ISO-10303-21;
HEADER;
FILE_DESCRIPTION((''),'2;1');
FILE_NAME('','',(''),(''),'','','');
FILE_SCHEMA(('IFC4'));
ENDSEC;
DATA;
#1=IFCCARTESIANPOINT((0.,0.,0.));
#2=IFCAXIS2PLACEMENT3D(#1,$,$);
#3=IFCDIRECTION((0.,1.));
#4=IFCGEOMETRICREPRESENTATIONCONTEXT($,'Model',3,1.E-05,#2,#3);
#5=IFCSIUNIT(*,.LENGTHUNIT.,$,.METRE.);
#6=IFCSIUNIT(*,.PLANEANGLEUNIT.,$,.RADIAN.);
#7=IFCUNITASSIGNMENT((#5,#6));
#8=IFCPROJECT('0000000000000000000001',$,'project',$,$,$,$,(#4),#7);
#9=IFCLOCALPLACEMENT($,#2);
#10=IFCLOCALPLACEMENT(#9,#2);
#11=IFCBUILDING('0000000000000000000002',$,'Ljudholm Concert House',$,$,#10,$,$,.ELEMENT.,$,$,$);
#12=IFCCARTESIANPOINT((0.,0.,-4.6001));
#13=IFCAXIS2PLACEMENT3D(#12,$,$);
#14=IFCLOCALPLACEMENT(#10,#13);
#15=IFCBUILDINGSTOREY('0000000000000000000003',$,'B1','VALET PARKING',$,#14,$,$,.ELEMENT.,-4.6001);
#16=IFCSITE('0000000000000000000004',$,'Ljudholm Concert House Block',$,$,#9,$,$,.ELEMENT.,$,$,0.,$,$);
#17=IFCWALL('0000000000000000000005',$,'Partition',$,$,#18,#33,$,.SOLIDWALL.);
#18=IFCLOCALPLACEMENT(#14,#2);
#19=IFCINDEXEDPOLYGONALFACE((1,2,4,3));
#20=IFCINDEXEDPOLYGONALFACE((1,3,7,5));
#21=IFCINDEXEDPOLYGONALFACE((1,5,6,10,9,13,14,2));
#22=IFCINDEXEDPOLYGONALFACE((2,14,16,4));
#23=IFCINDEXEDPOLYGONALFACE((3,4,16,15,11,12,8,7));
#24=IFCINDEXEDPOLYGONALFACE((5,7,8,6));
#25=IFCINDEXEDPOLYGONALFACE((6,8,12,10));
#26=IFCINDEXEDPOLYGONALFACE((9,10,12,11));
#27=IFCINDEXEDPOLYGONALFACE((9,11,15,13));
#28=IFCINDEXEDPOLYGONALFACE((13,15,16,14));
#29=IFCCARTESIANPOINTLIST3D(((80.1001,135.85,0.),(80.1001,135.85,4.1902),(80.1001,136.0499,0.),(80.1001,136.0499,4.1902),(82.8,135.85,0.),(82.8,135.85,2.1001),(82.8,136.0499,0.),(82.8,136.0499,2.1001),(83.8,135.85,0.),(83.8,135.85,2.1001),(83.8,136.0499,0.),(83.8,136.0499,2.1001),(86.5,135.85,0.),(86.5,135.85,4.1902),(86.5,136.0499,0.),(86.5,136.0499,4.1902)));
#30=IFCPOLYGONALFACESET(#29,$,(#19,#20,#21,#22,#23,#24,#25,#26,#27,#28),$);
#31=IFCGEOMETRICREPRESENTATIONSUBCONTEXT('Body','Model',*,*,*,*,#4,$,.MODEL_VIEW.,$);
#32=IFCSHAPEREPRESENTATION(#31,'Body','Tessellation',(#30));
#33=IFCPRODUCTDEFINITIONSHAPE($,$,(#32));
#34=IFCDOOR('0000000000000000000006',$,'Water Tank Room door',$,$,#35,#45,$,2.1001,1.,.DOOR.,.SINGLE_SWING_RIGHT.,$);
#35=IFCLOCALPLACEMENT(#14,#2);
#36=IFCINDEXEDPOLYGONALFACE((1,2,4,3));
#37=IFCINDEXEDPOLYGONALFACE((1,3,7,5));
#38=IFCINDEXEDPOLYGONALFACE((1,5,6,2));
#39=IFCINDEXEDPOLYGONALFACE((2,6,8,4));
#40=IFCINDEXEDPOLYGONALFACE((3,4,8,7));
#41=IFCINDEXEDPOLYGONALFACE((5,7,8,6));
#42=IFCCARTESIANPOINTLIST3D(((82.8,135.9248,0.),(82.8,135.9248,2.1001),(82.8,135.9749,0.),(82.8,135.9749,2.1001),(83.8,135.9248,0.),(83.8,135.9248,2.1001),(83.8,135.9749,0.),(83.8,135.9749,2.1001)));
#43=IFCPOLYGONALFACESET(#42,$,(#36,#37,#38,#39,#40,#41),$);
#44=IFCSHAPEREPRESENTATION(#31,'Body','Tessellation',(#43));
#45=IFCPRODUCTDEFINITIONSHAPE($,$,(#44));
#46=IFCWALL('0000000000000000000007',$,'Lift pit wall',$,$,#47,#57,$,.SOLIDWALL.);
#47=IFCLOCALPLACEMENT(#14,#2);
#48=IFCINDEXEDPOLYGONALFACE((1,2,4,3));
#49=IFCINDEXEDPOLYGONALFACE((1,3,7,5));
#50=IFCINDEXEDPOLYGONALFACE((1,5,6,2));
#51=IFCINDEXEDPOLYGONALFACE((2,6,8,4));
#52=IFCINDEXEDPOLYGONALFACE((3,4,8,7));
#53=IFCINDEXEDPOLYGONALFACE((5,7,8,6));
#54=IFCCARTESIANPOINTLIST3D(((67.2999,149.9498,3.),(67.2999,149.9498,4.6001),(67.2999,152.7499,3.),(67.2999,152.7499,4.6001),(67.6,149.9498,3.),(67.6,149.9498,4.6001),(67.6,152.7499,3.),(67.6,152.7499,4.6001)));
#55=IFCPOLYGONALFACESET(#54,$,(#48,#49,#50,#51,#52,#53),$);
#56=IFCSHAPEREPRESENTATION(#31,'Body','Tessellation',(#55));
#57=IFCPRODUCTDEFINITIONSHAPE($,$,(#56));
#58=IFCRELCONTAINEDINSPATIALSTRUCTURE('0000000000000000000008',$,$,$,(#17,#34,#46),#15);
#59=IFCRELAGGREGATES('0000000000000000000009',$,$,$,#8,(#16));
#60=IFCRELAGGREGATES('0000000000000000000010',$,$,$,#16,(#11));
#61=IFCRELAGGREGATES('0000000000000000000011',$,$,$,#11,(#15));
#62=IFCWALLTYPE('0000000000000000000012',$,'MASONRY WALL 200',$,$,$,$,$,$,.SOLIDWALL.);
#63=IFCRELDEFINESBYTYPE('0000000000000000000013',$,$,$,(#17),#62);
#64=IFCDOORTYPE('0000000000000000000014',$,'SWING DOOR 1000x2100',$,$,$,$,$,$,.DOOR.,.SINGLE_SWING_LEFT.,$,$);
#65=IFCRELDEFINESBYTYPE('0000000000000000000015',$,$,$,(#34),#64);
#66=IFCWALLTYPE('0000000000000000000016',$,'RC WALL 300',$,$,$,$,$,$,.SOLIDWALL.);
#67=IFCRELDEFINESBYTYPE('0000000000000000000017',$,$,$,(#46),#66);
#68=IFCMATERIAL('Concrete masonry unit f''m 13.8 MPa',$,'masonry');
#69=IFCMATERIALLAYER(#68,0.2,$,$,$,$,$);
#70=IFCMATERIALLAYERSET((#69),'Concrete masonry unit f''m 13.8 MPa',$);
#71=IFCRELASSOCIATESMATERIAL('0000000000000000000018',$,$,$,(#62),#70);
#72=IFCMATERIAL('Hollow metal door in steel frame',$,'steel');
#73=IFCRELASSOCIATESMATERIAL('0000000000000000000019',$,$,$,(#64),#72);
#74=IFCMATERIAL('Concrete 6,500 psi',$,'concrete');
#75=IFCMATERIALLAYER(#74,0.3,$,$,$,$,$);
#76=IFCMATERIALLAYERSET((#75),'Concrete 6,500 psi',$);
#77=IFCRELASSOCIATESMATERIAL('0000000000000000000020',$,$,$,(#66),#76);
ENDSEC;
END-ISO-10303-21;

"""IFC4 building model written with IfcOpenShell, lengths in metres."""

from ifc_helpers import new_model, si_unit, direction, frame, frame_2d, origin, place, context, subcontext, project, spatial, rectangle, extrude, material, layer, layer_set, type_object, element, fill, save


model = new_model("IFC4")

# Units and contexts
model_context = context("Model", 3, precision=1e-05, world=origin(), true_north=direction((0.0, 1.0)))
body_context = subcontext(model_context, "Body", "Model", "MODEL_VIEW")
ifc_project = project(units=[si_unit("LENGTHUNIT", "METRE"), si_unit("PLANEANGLEUNIT", "RADIAN")], contexts=[model_context])

# Site, building, storey
site_placement = place(None, origin())
site = spatial("IfcSite", under=ifc_project, at=site_placement, Name="Ljudholm Concert House Block", CompositionType="ELEMENT", RefElevation=0.0)
building_placement = place(site_placement, origin())
building = spatial("IfcBuilding", under=site, at=building_placement, Name="Ljudholm Concert House", CompositionType="ELEMENT")
storey_placement = place(building_placement, frame((0.0, 0.0, -4.6001)))
storey = spatial("IfcBuildingStorey", under=building, at=storey_placement, Name="B1", Description="VALET PARKING", CompositionType="ELEMENT", Elevation=-4.6001)

# Shared definitions
ifc_material_1 = material(Name="Concrete masonry unit f'm 13.8 MPa", Category="masonry")
ifc_layer_1 = layer(ifc_material_1, 0.2)
ifc_layer_set_1 = layer_set([ifc_layer_1], Name="Concrete masonry unit f'm 13.8 MPa")
wall_type_1 = type_object("IfcWallType", Name="MASONRY WALL 200", PredefinedType="SOLIDWALL", material=ifc_layer_set_1)

# Wall, opening, door
wall_1_placement = place(storey_placement, frame((80.1001, 135.95, 0.0), z_axis=(0.0, 0.0, 1.0), x_axis=(1.0, 0.0, 0.0)))
wall_1 = element("IfcWall", 1, at=wall_1_placement, inside=storey, type_object=wall_type_1, Name="Partition", PredefinedType="SOLIDWALL", context=body_context, shape_type="SweptSolid", body=[
    extrude(rectangle(XDim=6.3999, YDim=0.2, at=frame_2d((3.2, 0.0))), origin(), (0.0, 0.0, 1.0), 4.1902),
])
opening_1_placement = place(wall_1_placement, frame((2.7, 0.0, 0.0)))
opening_1 = element("IfcOpeningElement", 2, at=opening_1_placement, cuts=wall_1, PredefinedType="OPENING", context=body_context, shape_type="SweptSolid", body=[
    extrude(rectangle(XDim=1.0, YDim=2.1001, at=frame_2d((0.5, 1.05))), frame((0.0, 0.1099, 0.0), z_axis=(0.0, -1.0, 0.0), x_axis=(1.0, 0.0, 0.0)), (0.0, 0.0, 1.0), 0.22),
])
ifc_material_2 = material(Name="Hollow metal door in steel frame", Category="steel")
door_type_1 = type_object("IfcDoorType", Name="SWING DOOR 1000x2100", OperationType="SINGLE_SWING_LEFT", PredefinedType="DOOR", material=ifc_material_2)
door_1_placement = place(opening_1_placement, origin())
door_1 = element("IfcDoor", 3, at=door_1_placement, inside=storey, type_object=door_type_1, Name="Water Tank Room door", OperationType="SINGLE_SWING_RIGHT", OverallHeight=2.1001, OverallWidth=1.0, PredefinedType="DOOR", context=body_context, shape_type="SweptSolid", body=[
    extrude(rectangle(XDim=1.0, YDim=2.1001, at=frame_2d((0.5, 1.05))), frame((0.0, 0.0249, 0.0), z_axis=(0.0, -1.0, 0.0), x_axis=(1.0, 0.0, 0.0)), (0.0, 0.0, 1.0), 0.05),
])
fill(opening_1, door_1)

# Wall
ifc_material_3 = material(Name="Concrete 6,500 psi", Category="concrete")
ifc_layer_2 = layer(ifc_material_3, 0.3)
ifc_layer_set_2 = layer_set([ifc_layer_2], Name="Concrete 6,500 psi")
wall_type_2 = type_object("IfcWallType", Name="RC WALL 300", PredefinedType="SOLIDWALL", material=ifc_layer_set_2)
wall_2_placement = place(storey_placement, frame((67.45, 149.95, 3.0), z_axis=(0.0, 0.0, 1.0), x_axis=(0.0, 1.0, 0.0)))
element("IfcWall", 4, at=wall_2_placement, inside=storey, type_object=wall_type_2, Name="Lift pit wall", PredefinedType="SOLIDWALL", context=body_context, shape_type="SweptSolid", body=[
    extrude(rectangle(XDim=2.8, YDim=0.3, at=frame_2d((1.3999, 0.0))), origin(), (0.0, 0.0, 1.0), 1.6001),
])

save(model, "model.ifc")
